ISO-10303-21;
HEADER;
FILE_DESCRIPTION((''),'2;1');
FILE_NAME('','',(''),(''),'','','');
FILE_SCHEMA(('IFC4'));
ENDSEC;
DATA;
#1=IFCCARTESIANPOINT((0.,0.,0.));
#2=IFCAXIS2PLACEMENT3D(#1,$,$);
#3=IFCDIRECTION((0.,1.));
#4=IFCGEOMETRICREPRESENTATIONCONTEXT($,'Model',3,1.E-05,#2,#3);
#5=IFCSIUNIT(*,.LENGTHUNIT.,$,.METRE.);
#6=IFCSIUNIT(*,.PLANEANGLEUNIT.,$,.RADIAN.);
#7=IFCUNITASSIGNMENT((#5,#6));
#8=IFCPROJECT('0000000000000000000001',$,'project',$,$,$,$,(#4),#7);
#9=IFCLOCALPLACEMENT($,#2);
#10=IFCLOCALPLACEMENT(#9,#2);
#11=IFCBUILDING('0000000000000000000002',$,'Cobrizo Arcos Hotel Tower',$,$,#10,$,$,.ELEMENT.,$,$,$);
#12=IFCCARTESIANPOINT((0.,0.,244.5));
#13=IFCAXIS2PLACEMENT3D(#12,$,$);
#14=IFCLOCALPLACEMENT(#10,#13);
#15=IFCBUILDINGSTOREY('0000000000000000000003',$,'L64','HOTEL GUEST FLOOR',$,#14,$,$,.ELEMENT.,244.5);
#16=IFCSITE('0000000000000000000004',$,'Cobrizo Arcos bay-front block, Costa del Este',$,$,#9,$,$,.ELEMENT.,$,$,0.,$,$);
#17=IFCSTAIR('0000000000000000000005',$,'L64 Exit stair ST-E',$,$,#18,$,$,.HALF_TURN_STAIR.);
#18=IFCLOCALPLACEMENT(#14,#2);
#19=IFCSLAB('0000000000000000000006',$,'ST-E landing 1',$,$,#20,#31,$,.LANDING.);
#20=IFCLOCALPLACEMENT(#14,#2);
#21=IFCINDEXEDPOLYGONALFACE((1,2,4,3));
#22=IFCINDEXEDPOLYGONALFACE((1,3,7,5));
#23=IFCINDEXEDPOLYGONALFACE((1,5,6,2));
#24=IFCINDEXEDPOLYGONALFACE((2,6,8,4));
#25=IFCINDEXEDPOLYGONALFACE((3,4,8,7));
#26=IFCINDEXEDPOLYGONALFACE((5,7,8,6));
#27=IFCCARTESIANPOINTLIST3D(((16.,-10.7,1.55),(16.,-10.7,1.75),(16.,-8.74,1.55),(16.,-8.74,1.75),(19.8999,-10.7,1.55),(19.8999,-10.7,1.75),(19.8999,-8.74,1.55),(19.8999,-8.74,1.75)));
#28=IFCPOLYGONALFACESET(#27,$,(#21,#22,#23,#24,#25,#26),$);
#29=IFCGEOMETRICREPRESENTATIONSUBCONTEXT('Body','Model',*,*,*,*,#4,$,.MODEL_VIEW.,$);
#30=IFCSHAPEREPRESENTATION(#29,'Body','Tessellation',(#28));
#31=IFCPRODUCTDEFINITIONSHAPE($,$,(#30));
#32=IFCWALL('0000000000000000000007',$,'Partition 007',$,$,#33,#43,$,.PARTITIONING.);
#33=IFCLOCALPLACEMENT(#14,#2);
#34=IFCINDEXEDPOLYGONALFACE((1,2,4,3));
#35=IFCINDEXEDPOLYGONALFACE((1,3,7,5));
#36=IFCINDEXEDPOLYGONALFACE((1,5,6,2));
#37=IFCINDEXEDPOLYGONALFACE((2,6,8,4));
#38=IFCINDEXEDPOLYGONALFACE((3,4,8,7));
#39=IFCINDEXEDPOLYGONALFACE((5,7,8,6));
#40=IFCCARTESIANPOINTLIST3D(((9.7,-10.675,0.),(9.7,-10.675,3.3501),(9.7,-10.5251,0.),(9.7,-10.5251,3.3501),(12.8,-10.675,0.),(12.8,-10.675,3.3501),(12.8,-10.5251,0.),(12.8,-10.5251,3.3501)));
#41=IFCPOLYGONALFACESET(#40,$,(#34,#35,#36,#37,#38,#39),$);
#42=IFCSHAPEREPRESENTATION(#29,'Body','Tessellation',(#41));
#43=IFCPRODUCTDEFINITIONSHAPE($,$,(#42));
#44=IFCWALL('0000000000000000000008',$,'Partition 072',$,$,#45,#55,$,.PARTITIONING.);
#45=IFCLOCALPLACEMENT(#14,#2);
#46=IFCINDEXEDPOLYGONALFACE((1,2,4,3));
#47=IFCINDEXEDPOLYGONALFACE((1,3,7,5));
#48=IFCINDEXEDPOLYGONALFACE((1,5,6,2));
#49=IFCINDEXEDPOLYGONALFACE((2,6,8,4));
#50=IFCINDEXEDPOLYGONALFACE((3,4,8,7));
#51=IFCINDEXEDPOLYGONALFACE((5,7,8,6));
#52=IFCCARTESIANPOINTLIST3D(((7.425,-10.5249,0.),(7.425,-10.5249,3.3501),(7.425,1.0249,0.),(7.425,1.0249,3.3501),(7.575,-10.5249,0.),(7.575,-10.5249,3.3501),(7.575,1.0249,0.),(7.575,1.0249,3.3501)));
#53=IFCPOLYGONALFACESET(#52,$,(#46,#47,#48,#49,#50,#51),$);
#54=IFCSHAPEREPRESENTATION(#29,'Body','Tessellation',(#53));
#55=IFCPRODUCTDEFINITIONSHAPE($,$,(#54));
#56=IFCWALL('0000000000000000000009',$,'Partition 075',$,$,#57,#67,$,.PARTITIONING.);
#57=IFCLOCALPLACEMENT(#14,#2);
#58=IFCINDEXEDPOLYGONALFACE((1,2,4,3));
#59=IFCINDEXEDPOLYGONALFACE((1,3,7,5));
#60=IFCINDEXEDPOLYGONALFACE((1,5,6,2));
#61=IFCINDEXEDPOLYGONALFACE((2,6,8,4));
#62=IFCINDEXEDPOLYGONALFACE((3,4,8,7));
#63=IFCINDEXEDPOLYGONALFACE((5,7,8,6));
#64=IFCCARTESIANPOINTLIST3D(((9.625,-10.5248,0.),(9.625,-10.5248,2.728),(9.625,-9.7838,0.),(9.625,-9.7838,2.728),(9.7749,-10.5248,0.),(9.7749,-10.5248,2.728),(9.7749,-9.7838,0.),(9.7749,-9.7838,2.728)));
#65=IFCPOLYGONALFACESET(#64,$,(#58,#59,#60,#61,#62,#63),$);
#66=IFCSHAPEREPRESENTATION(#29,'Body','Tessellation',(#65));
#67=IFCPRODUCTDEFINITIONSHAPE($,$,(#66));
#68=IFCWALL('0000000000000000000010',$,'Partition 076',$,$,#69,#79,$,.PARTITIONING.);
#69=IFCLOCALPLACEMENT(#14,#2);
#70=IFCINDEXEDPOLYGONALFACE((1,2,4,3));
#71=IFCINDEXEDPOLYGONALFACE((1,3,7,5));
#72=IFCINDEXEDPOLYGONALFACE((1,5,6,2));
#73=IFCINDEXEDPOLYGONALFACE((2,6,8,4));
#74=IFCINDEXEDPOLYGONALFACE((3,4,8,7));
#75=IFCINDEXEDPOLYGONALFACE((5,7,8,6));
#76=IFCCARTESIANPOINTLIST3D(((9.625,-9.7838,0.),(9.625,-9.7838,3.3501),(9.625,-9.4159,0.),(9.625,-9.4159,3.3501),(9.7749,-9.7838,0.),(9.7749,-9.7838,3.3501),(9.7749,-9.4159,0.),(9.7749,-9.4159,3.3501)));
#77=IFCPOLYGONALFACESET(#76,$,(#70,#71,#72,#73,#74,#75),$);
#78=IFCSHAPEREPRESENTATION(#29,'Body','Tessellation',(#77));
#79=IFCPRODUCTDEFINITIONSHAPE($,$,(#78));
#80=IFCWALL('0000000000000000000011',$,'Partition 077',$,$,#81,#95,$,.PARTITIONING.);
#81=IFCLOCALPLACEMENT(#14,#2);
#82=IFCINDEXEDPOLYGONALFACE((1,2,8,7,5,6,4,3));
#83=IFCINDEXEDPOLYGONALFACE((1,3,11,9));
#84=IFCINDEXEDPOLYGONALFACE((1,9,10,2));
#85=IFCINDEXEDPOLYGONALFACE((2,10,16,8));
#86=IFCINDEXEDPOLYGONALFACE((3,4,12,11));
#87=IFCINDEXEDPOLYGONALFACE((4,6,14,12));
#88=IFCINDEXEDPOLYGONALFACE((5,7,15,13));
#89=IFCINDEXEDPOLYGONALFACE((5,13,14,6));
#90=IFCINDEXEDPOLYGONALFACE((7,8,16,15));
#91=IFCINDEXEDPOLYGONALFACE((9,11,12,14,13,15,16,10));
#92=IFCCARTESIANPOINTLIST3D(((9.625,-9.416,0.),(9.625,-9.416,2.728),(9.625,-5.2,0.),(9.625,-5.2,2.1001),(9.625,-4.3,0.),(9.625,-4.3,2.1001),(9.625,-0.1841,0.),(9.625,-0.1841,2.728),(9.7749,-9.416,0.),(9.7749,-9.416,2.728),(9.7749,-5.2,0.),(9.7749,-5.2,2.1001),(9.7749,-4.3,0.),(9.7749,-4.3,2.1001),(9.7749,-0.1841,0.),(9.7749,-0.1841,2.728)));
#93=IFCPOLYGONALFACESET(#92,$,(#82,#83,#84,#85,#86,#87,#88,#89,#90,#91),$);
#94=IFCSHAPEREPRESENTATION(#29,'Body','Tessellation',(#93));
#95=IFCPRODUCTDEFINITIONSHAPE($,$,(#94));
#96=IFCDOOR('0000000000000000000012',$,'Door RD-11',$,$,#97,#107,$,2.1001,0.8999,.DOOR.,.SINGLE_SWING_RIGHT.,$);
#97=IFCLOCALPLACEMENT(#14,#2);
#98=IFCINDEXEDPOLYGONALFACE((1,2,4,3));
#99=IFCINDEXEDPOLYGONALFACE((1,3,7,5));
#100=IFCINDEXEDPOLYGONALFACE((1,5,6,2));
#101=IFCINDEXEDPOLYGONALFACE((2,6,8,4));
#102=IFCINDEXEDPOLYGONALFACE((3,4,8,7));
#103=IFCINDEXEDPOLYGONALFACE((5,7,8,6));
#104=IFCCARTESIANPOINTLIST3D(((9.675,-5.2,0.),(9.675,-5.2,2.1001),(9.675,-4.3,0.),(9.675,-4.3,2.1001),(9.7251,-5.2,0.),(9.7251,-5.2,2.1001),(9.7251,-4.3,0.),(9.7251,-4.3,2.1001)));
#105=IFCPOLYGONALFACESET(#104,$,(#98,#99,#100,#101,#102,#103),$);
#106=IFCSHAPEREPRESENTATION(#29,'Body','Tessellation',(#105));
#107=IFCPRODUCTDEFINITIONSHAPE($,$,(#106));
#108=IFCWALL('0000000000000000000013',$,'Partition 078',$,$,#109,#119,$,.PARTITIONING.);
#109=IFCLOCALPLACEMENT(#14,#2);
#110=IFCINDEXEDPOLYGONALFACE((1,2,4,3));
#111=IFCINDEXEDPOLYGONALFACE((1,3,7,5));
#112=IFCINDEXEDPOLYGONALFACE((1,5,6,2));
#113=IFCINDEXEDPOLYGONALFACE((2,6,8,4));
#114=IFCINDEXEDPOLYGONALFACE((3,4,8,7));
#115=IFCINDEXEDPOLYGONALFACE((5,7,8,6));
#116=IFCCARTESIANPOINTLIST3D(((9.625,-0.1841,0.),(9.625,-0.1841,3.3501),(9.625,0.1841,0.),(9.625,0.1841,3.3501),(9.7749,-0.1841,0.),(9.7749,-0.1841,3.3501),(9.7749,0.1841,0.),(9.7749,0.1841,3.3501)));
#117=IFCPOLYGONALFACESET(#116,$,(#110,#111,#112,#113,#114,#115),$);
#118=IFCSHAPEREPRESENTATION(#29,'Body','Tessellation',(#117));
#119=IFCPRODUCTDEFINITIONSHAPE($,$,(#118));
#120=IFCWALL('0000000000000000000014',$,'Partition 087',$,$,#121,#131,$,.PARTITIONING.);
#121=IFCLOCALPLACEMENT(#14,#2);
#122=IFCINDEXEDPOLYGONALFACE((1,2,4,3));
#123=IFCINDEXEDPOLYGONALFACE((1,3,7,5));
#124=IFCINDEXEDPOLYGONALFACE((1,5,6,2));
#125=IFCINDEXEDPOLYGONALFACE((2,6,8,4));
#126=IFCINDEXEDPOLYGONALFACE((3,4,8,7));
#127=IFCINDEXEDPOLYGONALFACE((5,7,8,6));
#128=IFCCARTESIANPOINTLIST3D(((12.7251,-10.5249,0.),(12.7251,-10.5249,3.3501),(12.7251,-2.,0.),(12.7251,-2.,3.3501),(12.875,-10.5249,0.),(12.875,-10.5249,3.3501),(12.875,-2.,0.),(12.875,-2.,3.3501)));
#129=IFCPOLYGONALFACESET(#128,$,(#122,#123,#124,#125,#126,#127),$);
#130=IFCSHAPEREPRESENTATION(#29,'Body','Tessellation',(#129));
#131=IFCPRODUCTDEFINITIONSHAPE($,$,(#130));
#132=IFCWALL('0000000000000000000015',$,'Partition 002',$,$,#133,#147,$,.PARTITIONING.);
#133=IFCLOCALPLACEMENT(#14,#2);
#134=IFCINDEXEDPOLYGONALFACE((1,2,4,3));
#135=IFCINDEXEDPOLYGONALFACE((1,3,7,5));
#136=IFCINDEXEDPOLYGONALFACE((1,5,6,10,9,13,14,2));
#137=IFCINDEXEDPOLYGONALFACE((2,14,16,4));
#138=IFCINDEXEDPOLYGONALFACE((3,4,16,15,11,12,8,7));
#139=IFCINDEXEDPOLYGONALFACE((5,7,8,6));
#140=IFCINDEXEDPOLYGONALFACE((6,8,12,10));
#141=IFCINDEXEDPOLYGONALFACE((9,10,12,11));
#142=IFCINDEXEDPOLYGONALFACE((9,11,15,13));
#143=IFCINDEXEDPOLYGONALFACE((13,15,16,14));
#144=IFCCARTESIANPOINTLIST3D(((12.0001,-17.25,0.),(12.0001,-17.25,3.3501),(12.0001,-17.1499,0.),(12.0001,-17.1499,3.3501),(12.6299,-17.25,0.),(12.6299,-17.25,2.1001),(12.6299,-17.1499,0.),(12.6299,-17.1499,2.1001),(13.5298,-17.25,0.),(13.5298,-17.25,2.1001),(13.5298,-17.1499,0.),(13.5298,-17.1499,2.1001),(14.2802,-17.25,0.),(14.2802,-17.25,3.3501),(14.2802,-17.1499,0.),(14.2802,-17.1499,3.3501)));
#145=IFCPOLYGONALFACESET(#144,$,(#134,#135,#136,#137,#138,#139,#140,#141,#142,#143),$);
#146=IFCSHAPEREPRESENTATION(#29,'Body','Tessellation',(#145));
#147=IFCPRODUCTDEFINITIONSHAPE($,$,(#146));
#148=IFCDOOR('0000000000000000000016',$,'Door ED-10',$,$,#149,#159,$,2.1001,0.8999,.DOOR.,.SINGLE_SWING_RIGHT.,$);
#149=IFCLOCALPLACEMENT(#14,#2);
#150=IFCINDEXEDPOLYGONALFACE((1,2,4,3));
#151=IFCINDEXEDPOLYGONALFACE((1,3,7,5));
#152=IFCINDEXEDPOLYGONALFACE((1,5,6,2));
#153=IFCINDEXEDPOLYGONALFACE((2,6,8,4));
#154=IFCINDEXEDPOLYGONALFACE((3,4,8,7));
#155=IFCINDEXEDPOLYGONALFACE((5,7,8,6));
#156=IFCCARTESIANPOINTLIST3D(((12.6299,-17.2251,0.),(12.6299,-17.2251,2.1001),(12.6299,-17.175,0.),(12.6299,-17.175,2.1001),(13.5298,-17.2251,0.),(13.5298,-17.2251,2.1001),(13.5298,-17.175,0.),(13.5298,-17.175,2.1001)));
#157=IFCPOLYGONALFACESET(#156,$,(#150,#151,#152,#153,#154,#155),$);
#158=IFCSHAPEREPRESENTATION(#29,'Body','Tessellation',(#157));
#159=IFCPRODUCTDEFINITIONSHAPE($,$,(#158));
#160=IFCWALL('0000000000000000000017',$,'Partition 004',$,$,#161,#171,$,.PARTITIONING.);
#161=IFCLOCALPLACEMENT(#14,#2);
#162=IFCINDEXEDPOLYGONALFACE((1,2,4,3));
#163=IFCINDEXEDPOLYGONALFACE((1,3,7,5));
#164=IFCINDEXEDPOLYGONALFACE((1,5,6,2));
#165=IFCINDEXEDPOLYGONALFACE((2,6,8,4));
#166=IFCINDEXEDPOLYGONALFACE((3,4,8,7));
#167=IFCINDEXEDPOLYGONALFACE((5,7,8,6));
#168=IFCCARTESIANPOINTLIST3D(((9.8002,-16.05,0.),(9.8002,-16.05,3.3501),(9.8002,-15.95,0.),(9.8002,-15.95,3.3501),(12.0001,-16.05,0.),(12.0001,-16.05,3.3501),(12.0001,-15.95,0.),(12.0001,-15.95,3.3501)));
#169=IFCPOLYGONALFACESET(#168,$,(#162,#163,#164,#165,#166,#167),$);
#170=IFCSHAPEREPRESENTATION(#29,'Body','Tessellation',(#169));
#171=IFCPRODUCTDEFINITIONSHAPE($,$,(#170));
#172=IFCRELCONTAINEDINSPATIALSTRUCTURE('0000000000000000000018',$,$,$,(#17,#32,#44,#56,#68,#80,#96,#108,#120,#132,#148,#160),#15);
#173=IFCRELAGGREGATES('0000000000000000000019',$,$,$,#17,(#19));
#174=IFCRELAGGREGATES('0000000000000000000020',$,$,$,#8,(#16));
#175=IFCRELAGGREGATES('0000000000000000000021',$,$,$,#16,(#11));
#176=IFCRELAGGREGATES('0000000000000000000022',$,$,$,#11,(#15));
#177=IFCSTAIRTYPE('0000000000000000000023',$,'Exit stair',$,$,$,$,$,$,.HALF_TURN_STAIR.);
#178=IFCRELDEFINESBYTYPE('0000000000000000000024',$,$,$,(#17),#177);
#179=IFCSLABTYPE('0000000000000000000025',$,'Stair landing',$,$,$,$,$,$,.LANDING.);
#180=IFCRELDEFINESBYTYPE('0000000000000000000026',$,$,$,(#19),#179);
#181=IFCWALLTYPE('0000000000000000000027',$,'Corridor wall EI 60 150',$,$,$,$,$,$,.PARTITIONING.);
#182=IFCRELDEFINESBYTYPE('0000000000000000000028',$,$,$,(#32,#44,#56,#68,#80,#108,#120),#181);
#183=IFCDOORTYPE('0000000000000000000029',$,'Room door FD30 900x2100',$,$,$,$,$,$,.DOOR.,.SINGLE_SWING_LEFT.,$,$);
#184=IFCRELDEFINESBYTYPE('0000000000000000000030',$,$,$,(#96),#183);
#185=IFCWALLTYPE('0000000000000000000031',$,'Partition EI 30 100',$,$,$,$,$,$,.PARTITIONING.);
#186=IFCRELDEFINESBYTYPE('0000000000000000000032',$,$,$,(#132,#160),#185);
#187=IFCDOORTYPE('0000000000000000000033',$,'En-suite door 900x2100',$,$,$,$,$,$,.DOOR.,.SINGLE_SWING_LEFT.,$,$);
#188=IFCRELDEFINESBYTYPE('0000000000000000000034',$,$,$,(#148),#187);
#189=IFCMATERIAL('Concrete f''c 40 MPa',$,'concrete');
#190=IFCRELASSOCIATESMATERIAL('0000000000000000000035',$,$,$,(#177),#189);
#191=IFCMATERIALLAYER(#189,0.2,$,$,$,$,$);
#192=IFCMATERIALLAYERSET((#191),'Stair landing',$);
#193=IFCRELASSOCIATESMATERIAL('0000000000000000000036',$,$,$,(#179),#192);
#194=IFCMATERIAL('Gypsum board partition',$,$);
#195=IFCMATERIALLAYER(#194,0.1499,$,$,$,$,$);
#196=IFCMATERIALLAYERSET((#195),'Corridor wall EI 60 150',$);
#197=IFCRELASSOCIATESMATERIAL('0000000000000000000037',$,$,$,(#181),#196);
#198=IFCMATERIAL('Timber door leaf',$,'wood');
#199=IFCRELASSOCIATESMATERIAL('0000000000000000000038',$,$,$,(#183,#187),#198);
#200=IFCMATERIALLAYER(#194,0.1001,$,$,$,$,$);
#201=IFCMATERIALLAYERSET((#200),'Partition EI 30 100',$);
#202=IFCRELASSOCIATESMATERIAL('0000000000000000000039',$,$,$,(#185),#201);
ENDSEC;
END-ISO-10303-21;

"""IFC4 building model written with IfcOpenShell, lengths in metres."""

from ifc_helpers import new_model, si_unit, direction, frame, frame_2d, origin, place, context, subcontext, project, spatial, polyline, rectangle, outline, extrude, material, layer, layer_set, type_object, element, fill, aggregate, save


model = new_model("IFC4")

# Units and contexts
model_context = context("Model", 3, precision=1e-05, world=origin(), true_north=direction((0.0, 1.0)))
body_context = subcontext(model_context, "Body", "Model", "MODEL_VIEW")
ifc_project = project(units=[si_unit("LENGTHUNIT", "METRE"), si_unit("PLANEANGLEUNIT", "RADIAN")], contexts=[model_context])

# Site, building, storey
site_placement = place(None, origin())
site = spatial("IfcSite", under=ifc_project, at=site_placement, Name="Cobrizo Arcos bay-front block, Costa del Este", CompositionType="ELEMENT", RefElevation=0.0)
building_placement = place(site_placement, origin())
building = spatial("IfcBuilding", under=site, at=building_placement, Name="Cobrizo Arcos Hotel Tower", CompositionType="ELEMENT")
storey_placement = place(building_placement, frame((0.0, 0.0, 244.5)))
storey = spatial("IfcBuildingStorey", under=building, at=storey_placement, Name="L64", Description="HOTEL GUEST FLOOR", CompositionType="ELEMENT", Elevation=244.5)

# Stair, slab
ifc_material_1 = material(Name="Concrete f'c 40 MPa", Category="concrete")
stair_type = type_object("IfcStairType", Name="Exit stair", PredefinedType="HALF_TURN_STAIR", material=ifc_material_1)
ifc_layer_1 = layer(ifc_material_1, 0.2)
ifc_layer_set_1 = layer_set([ifc_layer_1], Name="Stair landing")
slab_type = type_object("IfcSlabType", Name="Stair landing", PredefinedType="LANDING", material=ifc_layer_set_1)
stair_1_placement = place(storey_placement, origin())
stair_1 = element("IfcStair", 1, at=stair_1_placement, inside=storey, type_object=stair_type, Name="L64 Exit stair ST-E", PredefinedType="HALF_TURN_STAIR")
slab_1_placement = place(storey_placement, frame((0.0, 0.0, 1.55)))
slab_1 = element("IfcSlab", 2, at=slab_1_placement, type_object=slab_type, Name="ST-E landing 1", PredefinedType="LANDING", context=body_context, shape_type="SweptSolid", body=[
    extrude(outline(polyline([(16.0, -8.74), (16.0, -10.7), (19.8999, -10.7), (19.8999, -8.74), (16.0, -8.74)])), origin(), (0.0, 0.0, 1.0), 0.2),
])
aggregate(stair_1, [slab_1])

# Walls
ifc_material_2 = material(Name="Gypsum board partition")
ifc_layer_2 = layer(ifc_material_2, 0.1499)
ifc_layer_set_2 = layer_set([ifc_layer_2], Name="Corridor wall EI 60 150")
wall_type_1 = type_object("IfcWallType", Name="Corridor wall EI 60 150", PredefinedType="PARTITIONING", material=ifc_layer_set_2)
wall_1_placement = place(storey_placement, frame((9.7, -10.6001, 0.0), z_axis=(0.0, 0.0, 1.0), x_axis=(1.0, 0.0, 0.0)))
element("IfcWall", 3, at=wall_1_placement, inside=storey, type_object=wall_type_1, Name="Partition 007", PredefinedType="PARTITIONING", context=body_context, shape_type="SweptSolid", body=[
    extrude(rectangle(XDim=3.1001, YDim=0.1499, at=frame_2d((1.55, 0.0))), origin(), (0.0, 0.0, 1.0), 3.3501),
])
wall_2_placement = place(storey_placement, frame((7.5, -10.5249, 0.0), z_axis=(0.0, 0.0, 1.0), x_axis=(0.0, 1.0, 0.0)))
element("IfcWall", 4, at=wall_2_placement, inside=storey, type_object=wall_type_1, Name="Partition 072", PredefinedType="PARTITIONING", context=body_context, shape_type="SweptSolid", body=[
    extrude(rectangle(XDim=11.5498, YDim=0.1499, at=frame_2d((5.7749, 0.0))), origin(), (0.0, 0.0, 1.0), 3.3501),
])
wall_3_placement = place(storey_placement, frame((9.7, -10.5249, 0.0), z_axis=(0.0, 0.0, 1.0), x_axis=(0.0, 1.0, 0.0)))
element("IfcWall", 5, at=wall_3_placement, inside=storey, type_object=wall_type_1, Name="Partition 075", PredefinedType="PARTITIONING", context=body_context, shape_type="SweptSolid", body=[
    extrude(rectangle(XDim=0.741, YDim=0.1499, at=frame_2d((0.3706, 0.0))), origin(), (0.0, 0.0, 1.0), 2.728),
])
wall_4_placement = place(storey_placement, frame((9.7, -9.7839, 0.0), z_axis=(0.0, 0.0, 1.0), x_axis=(0.0, 1.0, 0.0)))
element("IfcWall", 6, at=wall_4_placement, inside=storey, type_object=wall_type_1, Name="Partition 076", PredefinedType="PARTITIONING", context=body_context, shape_type="SweptSolid", body=[
    extrude(rectangle(XDim=0.3679, YDim=0.1499, at=frame_2d((0.1841, 0.0))), origin(), (0.0, 0.0, 1.0), 3.3501),
])

# Wall, opening, door
wall_5_placement = place(storey_placement, frame((9.7, -9.416, 0.0), z_axis=(0.0, 0.0, 1.0), x_axis=(0.0, 1.0, 0.0)))
wall_5 = element("IfcWall", 7, at=wall_5_placement, inside=storey, type_object=wall_type_1, Name="Partition 077", PredefinedType="PARTITIONING", context=body_context, shape_type="SweptSolid", body=[
    extrude(rectangle(XDim=9.2319, YDim=0.1499, at=frame_2d((4.616, 0.0))), origin(), (0.0, 0.0, 1.0), 2.728),
])
opening_1_placement = place(wall_5_placement, frame((4.2161, 0.0, 0.0)))
opening_1 = element("IfcOpeningElement", 8, at=opening_1_placement, cuts=wall_5, PredefinedType="OPENING", context=body_context, shape_type="SweptSolid", body=[
    extrude(rectangle(XDim=0.8999, YDim=2.1001, at=frame_2d((0.45, 1.05))), frame((0.0, 0.0869, 0.0), z_axis=(0.0, -1.0, 0.0), x_axis=(1.0, 0.0, 0.0)), (0.0, 0.0, 1.0), 0.1738),
])
ifc_material_3 = material(Name="Timber door leaf", Category="wood")
door_type_1 = type_object("IfcDoorType", Name="Room door FD30 900x2100", OperationType="SINGLE_SWING_LEFT", PredefinedType="DOOR", material=ifc_material_3)
door_1_placement = place(opening_1_placement, origin())
door_1 = element("IfcDoor", 9, at=door_1_placement, inside=storey, type_object=door_type_1, Name="Door RD-11", OperationType="SINGLE_SWING_RIGHT", OverallHeight=2.1001, OverallWidth=0.8999, PredefinedType="DOOR", context=body_context, shape_type="SweptSolid", body=[
    extrude(rectangle(XDim=0.8999, YDim=2.1001, at=frame_2d((0.45, 1.05))), frame((0.0, 0.0249, 0.0), z_axis=(0.0, -1.0, 0.0), x_axis=(1.0, 0.0, 0.0)), (0.0, 0.0, 1.0), 0.05),
])
fill(opening_1, door_1)

# Walls
wall_6_placement = place(storey_placement, frame((9.7, -0.1841, 0.0), z_axis=(0.0, 0.0, 1.0), x_axis=(0.0, 1.0, 0.0)))
element("IfcWall", 10, at=wall_6_placement, inside=storey, type_object=wall_type_1, Name="Partition 078", PredefinedType="PARTITIONING", context=body_context, shape_type="SweptSolid", body=[
    extrude(rectangle(XDim=0.3682, YDim=0.1499, at=frame_2d((0.1841, 0.0))), origin(), (0.0, 0.0, 1.0), 3.3501),
])
wall_7_placement = place(storey_placement, frame((12.8, -10.5249, 0.0), z_axis=(0.0, 0.0, 1.0), x_axis=(0.0, 1.0, 0.0)))
element("IfcWall", 11, at=wall_7_placement, inside=storey, type_object=wall_type_1, Name="Partition 087", PredefinedType="PARTITIONING", context=body_context, shape_type="SweptSolid", body=[
    extrude(rectangle(XDim=8.5249, YDim=0.1499, at=frame_2d((4.2625, 0.0))), origin(), (0.0, 0.0, 1.0), 3.3501),
])

# Wall, opening, door
ifc_layer_3 = layer(ifc_material_2, 0.1001)
ifc_layer_set_3 = layer_set([ifc_layer_3], Name="Partition EI 30 100")
wall_type_2 = type_object("IfcWallType", Name="Partition EI 30 100", PredefinedType="PARTITIONING", material=ifc_layer_set_3)
wall_8_placement = place(storey_placement, frame((12.0, -17.2, 0.0), z_axis=(0.0, 0.0, 1.0), x_axis=(1.0, 0.0, 0.0)))
wall_8 = element("IfcWall", 12, at=wall_8_placement, inside=storey, type_object=wall_type_2, Name="Partition 002", PredefinedType="PARTITIONING", context=body_context, shape_type="SweptSolid", body=[
    extrude(rectangle(XDim=2.28, YDim=0.1001, at=frame_2d((1.1401, 0.0))), origin(), (0.0, 0.0, 1.0), 3.3501),
])
opening_2_placement = place(wall_8_placement, frame((0.6299, 0.0, 0.0)))
opening_2 = element("IfcOpeningElement", 13, at=opening_2_placement, cuts=wall_8, PredefinedType="OPENING", context=body_context, shape_type="SweptSolid", body=[
    extrude(rectangle(XDim=0.8999, YDim=2.1001, at=frame_2d((0.45, 1.05))), frame((0.0, 0.062, 0.0), z_axis=(0.0, -1.0, 0.0), x_axis=(1.0, 0.0, 0.0)), (0.0, 0.0, 1.0), 0.124),
])
door_type_2 = type_object("IfcDoorType", Name="En-suite door 900x2100", OperationType="SINGLE_SWING_LEFT", PredefinedType="DOOR", material=ifc_material_3)
door_2_placement = place(opening_2_placement, origin())
door_2 = element("IfcDoor", 14, at=door_2_placement, inside=storey, type_object=door_type_2, Name="Door ED-10", OperationType="SINGLE_SWING_RIGHT", OverallHeight=2.1001, OverallWidth=0.8999, PredefinedType="DOOR", context=body_context, shape_type="SweptSolid", body=[
    extrude(rectangle(XDim=0.8999, YDim=2.1001, at=frame_2d((0.45, 1.05))), frame((0.0, 0.0249, 0.0), z_axis=(0.0, -1.0, 0.0), x_axis=(1.0, 0.0, 0.0)), (0.0, 0.0, 1.0), 0.05),
])
fill(opening_2, door_2)

# Wall
wall_9_placement = place(storey_placement, frame((9.8, -16.0, 0.0), z_axis=(0.0, 0.0, 1.0), x_axis=(1.0, 0.0, 0.0)))
element("IfcWall", 15, at=wall_9_placement, inside=storey, type_object=wall_type_2, Name="Partition 004", PredefinedType="PARTITIONING", context=body_context, shape_type="SweptSolid", body=[
    extrude(rectangle(XDim=2.2, YDim=0.1001, at=frame_2d((1.1001, 0.0))), origin(), (0.0, 0.0, 1.0), 3.3501),
])

save(model, "model.ifc")
